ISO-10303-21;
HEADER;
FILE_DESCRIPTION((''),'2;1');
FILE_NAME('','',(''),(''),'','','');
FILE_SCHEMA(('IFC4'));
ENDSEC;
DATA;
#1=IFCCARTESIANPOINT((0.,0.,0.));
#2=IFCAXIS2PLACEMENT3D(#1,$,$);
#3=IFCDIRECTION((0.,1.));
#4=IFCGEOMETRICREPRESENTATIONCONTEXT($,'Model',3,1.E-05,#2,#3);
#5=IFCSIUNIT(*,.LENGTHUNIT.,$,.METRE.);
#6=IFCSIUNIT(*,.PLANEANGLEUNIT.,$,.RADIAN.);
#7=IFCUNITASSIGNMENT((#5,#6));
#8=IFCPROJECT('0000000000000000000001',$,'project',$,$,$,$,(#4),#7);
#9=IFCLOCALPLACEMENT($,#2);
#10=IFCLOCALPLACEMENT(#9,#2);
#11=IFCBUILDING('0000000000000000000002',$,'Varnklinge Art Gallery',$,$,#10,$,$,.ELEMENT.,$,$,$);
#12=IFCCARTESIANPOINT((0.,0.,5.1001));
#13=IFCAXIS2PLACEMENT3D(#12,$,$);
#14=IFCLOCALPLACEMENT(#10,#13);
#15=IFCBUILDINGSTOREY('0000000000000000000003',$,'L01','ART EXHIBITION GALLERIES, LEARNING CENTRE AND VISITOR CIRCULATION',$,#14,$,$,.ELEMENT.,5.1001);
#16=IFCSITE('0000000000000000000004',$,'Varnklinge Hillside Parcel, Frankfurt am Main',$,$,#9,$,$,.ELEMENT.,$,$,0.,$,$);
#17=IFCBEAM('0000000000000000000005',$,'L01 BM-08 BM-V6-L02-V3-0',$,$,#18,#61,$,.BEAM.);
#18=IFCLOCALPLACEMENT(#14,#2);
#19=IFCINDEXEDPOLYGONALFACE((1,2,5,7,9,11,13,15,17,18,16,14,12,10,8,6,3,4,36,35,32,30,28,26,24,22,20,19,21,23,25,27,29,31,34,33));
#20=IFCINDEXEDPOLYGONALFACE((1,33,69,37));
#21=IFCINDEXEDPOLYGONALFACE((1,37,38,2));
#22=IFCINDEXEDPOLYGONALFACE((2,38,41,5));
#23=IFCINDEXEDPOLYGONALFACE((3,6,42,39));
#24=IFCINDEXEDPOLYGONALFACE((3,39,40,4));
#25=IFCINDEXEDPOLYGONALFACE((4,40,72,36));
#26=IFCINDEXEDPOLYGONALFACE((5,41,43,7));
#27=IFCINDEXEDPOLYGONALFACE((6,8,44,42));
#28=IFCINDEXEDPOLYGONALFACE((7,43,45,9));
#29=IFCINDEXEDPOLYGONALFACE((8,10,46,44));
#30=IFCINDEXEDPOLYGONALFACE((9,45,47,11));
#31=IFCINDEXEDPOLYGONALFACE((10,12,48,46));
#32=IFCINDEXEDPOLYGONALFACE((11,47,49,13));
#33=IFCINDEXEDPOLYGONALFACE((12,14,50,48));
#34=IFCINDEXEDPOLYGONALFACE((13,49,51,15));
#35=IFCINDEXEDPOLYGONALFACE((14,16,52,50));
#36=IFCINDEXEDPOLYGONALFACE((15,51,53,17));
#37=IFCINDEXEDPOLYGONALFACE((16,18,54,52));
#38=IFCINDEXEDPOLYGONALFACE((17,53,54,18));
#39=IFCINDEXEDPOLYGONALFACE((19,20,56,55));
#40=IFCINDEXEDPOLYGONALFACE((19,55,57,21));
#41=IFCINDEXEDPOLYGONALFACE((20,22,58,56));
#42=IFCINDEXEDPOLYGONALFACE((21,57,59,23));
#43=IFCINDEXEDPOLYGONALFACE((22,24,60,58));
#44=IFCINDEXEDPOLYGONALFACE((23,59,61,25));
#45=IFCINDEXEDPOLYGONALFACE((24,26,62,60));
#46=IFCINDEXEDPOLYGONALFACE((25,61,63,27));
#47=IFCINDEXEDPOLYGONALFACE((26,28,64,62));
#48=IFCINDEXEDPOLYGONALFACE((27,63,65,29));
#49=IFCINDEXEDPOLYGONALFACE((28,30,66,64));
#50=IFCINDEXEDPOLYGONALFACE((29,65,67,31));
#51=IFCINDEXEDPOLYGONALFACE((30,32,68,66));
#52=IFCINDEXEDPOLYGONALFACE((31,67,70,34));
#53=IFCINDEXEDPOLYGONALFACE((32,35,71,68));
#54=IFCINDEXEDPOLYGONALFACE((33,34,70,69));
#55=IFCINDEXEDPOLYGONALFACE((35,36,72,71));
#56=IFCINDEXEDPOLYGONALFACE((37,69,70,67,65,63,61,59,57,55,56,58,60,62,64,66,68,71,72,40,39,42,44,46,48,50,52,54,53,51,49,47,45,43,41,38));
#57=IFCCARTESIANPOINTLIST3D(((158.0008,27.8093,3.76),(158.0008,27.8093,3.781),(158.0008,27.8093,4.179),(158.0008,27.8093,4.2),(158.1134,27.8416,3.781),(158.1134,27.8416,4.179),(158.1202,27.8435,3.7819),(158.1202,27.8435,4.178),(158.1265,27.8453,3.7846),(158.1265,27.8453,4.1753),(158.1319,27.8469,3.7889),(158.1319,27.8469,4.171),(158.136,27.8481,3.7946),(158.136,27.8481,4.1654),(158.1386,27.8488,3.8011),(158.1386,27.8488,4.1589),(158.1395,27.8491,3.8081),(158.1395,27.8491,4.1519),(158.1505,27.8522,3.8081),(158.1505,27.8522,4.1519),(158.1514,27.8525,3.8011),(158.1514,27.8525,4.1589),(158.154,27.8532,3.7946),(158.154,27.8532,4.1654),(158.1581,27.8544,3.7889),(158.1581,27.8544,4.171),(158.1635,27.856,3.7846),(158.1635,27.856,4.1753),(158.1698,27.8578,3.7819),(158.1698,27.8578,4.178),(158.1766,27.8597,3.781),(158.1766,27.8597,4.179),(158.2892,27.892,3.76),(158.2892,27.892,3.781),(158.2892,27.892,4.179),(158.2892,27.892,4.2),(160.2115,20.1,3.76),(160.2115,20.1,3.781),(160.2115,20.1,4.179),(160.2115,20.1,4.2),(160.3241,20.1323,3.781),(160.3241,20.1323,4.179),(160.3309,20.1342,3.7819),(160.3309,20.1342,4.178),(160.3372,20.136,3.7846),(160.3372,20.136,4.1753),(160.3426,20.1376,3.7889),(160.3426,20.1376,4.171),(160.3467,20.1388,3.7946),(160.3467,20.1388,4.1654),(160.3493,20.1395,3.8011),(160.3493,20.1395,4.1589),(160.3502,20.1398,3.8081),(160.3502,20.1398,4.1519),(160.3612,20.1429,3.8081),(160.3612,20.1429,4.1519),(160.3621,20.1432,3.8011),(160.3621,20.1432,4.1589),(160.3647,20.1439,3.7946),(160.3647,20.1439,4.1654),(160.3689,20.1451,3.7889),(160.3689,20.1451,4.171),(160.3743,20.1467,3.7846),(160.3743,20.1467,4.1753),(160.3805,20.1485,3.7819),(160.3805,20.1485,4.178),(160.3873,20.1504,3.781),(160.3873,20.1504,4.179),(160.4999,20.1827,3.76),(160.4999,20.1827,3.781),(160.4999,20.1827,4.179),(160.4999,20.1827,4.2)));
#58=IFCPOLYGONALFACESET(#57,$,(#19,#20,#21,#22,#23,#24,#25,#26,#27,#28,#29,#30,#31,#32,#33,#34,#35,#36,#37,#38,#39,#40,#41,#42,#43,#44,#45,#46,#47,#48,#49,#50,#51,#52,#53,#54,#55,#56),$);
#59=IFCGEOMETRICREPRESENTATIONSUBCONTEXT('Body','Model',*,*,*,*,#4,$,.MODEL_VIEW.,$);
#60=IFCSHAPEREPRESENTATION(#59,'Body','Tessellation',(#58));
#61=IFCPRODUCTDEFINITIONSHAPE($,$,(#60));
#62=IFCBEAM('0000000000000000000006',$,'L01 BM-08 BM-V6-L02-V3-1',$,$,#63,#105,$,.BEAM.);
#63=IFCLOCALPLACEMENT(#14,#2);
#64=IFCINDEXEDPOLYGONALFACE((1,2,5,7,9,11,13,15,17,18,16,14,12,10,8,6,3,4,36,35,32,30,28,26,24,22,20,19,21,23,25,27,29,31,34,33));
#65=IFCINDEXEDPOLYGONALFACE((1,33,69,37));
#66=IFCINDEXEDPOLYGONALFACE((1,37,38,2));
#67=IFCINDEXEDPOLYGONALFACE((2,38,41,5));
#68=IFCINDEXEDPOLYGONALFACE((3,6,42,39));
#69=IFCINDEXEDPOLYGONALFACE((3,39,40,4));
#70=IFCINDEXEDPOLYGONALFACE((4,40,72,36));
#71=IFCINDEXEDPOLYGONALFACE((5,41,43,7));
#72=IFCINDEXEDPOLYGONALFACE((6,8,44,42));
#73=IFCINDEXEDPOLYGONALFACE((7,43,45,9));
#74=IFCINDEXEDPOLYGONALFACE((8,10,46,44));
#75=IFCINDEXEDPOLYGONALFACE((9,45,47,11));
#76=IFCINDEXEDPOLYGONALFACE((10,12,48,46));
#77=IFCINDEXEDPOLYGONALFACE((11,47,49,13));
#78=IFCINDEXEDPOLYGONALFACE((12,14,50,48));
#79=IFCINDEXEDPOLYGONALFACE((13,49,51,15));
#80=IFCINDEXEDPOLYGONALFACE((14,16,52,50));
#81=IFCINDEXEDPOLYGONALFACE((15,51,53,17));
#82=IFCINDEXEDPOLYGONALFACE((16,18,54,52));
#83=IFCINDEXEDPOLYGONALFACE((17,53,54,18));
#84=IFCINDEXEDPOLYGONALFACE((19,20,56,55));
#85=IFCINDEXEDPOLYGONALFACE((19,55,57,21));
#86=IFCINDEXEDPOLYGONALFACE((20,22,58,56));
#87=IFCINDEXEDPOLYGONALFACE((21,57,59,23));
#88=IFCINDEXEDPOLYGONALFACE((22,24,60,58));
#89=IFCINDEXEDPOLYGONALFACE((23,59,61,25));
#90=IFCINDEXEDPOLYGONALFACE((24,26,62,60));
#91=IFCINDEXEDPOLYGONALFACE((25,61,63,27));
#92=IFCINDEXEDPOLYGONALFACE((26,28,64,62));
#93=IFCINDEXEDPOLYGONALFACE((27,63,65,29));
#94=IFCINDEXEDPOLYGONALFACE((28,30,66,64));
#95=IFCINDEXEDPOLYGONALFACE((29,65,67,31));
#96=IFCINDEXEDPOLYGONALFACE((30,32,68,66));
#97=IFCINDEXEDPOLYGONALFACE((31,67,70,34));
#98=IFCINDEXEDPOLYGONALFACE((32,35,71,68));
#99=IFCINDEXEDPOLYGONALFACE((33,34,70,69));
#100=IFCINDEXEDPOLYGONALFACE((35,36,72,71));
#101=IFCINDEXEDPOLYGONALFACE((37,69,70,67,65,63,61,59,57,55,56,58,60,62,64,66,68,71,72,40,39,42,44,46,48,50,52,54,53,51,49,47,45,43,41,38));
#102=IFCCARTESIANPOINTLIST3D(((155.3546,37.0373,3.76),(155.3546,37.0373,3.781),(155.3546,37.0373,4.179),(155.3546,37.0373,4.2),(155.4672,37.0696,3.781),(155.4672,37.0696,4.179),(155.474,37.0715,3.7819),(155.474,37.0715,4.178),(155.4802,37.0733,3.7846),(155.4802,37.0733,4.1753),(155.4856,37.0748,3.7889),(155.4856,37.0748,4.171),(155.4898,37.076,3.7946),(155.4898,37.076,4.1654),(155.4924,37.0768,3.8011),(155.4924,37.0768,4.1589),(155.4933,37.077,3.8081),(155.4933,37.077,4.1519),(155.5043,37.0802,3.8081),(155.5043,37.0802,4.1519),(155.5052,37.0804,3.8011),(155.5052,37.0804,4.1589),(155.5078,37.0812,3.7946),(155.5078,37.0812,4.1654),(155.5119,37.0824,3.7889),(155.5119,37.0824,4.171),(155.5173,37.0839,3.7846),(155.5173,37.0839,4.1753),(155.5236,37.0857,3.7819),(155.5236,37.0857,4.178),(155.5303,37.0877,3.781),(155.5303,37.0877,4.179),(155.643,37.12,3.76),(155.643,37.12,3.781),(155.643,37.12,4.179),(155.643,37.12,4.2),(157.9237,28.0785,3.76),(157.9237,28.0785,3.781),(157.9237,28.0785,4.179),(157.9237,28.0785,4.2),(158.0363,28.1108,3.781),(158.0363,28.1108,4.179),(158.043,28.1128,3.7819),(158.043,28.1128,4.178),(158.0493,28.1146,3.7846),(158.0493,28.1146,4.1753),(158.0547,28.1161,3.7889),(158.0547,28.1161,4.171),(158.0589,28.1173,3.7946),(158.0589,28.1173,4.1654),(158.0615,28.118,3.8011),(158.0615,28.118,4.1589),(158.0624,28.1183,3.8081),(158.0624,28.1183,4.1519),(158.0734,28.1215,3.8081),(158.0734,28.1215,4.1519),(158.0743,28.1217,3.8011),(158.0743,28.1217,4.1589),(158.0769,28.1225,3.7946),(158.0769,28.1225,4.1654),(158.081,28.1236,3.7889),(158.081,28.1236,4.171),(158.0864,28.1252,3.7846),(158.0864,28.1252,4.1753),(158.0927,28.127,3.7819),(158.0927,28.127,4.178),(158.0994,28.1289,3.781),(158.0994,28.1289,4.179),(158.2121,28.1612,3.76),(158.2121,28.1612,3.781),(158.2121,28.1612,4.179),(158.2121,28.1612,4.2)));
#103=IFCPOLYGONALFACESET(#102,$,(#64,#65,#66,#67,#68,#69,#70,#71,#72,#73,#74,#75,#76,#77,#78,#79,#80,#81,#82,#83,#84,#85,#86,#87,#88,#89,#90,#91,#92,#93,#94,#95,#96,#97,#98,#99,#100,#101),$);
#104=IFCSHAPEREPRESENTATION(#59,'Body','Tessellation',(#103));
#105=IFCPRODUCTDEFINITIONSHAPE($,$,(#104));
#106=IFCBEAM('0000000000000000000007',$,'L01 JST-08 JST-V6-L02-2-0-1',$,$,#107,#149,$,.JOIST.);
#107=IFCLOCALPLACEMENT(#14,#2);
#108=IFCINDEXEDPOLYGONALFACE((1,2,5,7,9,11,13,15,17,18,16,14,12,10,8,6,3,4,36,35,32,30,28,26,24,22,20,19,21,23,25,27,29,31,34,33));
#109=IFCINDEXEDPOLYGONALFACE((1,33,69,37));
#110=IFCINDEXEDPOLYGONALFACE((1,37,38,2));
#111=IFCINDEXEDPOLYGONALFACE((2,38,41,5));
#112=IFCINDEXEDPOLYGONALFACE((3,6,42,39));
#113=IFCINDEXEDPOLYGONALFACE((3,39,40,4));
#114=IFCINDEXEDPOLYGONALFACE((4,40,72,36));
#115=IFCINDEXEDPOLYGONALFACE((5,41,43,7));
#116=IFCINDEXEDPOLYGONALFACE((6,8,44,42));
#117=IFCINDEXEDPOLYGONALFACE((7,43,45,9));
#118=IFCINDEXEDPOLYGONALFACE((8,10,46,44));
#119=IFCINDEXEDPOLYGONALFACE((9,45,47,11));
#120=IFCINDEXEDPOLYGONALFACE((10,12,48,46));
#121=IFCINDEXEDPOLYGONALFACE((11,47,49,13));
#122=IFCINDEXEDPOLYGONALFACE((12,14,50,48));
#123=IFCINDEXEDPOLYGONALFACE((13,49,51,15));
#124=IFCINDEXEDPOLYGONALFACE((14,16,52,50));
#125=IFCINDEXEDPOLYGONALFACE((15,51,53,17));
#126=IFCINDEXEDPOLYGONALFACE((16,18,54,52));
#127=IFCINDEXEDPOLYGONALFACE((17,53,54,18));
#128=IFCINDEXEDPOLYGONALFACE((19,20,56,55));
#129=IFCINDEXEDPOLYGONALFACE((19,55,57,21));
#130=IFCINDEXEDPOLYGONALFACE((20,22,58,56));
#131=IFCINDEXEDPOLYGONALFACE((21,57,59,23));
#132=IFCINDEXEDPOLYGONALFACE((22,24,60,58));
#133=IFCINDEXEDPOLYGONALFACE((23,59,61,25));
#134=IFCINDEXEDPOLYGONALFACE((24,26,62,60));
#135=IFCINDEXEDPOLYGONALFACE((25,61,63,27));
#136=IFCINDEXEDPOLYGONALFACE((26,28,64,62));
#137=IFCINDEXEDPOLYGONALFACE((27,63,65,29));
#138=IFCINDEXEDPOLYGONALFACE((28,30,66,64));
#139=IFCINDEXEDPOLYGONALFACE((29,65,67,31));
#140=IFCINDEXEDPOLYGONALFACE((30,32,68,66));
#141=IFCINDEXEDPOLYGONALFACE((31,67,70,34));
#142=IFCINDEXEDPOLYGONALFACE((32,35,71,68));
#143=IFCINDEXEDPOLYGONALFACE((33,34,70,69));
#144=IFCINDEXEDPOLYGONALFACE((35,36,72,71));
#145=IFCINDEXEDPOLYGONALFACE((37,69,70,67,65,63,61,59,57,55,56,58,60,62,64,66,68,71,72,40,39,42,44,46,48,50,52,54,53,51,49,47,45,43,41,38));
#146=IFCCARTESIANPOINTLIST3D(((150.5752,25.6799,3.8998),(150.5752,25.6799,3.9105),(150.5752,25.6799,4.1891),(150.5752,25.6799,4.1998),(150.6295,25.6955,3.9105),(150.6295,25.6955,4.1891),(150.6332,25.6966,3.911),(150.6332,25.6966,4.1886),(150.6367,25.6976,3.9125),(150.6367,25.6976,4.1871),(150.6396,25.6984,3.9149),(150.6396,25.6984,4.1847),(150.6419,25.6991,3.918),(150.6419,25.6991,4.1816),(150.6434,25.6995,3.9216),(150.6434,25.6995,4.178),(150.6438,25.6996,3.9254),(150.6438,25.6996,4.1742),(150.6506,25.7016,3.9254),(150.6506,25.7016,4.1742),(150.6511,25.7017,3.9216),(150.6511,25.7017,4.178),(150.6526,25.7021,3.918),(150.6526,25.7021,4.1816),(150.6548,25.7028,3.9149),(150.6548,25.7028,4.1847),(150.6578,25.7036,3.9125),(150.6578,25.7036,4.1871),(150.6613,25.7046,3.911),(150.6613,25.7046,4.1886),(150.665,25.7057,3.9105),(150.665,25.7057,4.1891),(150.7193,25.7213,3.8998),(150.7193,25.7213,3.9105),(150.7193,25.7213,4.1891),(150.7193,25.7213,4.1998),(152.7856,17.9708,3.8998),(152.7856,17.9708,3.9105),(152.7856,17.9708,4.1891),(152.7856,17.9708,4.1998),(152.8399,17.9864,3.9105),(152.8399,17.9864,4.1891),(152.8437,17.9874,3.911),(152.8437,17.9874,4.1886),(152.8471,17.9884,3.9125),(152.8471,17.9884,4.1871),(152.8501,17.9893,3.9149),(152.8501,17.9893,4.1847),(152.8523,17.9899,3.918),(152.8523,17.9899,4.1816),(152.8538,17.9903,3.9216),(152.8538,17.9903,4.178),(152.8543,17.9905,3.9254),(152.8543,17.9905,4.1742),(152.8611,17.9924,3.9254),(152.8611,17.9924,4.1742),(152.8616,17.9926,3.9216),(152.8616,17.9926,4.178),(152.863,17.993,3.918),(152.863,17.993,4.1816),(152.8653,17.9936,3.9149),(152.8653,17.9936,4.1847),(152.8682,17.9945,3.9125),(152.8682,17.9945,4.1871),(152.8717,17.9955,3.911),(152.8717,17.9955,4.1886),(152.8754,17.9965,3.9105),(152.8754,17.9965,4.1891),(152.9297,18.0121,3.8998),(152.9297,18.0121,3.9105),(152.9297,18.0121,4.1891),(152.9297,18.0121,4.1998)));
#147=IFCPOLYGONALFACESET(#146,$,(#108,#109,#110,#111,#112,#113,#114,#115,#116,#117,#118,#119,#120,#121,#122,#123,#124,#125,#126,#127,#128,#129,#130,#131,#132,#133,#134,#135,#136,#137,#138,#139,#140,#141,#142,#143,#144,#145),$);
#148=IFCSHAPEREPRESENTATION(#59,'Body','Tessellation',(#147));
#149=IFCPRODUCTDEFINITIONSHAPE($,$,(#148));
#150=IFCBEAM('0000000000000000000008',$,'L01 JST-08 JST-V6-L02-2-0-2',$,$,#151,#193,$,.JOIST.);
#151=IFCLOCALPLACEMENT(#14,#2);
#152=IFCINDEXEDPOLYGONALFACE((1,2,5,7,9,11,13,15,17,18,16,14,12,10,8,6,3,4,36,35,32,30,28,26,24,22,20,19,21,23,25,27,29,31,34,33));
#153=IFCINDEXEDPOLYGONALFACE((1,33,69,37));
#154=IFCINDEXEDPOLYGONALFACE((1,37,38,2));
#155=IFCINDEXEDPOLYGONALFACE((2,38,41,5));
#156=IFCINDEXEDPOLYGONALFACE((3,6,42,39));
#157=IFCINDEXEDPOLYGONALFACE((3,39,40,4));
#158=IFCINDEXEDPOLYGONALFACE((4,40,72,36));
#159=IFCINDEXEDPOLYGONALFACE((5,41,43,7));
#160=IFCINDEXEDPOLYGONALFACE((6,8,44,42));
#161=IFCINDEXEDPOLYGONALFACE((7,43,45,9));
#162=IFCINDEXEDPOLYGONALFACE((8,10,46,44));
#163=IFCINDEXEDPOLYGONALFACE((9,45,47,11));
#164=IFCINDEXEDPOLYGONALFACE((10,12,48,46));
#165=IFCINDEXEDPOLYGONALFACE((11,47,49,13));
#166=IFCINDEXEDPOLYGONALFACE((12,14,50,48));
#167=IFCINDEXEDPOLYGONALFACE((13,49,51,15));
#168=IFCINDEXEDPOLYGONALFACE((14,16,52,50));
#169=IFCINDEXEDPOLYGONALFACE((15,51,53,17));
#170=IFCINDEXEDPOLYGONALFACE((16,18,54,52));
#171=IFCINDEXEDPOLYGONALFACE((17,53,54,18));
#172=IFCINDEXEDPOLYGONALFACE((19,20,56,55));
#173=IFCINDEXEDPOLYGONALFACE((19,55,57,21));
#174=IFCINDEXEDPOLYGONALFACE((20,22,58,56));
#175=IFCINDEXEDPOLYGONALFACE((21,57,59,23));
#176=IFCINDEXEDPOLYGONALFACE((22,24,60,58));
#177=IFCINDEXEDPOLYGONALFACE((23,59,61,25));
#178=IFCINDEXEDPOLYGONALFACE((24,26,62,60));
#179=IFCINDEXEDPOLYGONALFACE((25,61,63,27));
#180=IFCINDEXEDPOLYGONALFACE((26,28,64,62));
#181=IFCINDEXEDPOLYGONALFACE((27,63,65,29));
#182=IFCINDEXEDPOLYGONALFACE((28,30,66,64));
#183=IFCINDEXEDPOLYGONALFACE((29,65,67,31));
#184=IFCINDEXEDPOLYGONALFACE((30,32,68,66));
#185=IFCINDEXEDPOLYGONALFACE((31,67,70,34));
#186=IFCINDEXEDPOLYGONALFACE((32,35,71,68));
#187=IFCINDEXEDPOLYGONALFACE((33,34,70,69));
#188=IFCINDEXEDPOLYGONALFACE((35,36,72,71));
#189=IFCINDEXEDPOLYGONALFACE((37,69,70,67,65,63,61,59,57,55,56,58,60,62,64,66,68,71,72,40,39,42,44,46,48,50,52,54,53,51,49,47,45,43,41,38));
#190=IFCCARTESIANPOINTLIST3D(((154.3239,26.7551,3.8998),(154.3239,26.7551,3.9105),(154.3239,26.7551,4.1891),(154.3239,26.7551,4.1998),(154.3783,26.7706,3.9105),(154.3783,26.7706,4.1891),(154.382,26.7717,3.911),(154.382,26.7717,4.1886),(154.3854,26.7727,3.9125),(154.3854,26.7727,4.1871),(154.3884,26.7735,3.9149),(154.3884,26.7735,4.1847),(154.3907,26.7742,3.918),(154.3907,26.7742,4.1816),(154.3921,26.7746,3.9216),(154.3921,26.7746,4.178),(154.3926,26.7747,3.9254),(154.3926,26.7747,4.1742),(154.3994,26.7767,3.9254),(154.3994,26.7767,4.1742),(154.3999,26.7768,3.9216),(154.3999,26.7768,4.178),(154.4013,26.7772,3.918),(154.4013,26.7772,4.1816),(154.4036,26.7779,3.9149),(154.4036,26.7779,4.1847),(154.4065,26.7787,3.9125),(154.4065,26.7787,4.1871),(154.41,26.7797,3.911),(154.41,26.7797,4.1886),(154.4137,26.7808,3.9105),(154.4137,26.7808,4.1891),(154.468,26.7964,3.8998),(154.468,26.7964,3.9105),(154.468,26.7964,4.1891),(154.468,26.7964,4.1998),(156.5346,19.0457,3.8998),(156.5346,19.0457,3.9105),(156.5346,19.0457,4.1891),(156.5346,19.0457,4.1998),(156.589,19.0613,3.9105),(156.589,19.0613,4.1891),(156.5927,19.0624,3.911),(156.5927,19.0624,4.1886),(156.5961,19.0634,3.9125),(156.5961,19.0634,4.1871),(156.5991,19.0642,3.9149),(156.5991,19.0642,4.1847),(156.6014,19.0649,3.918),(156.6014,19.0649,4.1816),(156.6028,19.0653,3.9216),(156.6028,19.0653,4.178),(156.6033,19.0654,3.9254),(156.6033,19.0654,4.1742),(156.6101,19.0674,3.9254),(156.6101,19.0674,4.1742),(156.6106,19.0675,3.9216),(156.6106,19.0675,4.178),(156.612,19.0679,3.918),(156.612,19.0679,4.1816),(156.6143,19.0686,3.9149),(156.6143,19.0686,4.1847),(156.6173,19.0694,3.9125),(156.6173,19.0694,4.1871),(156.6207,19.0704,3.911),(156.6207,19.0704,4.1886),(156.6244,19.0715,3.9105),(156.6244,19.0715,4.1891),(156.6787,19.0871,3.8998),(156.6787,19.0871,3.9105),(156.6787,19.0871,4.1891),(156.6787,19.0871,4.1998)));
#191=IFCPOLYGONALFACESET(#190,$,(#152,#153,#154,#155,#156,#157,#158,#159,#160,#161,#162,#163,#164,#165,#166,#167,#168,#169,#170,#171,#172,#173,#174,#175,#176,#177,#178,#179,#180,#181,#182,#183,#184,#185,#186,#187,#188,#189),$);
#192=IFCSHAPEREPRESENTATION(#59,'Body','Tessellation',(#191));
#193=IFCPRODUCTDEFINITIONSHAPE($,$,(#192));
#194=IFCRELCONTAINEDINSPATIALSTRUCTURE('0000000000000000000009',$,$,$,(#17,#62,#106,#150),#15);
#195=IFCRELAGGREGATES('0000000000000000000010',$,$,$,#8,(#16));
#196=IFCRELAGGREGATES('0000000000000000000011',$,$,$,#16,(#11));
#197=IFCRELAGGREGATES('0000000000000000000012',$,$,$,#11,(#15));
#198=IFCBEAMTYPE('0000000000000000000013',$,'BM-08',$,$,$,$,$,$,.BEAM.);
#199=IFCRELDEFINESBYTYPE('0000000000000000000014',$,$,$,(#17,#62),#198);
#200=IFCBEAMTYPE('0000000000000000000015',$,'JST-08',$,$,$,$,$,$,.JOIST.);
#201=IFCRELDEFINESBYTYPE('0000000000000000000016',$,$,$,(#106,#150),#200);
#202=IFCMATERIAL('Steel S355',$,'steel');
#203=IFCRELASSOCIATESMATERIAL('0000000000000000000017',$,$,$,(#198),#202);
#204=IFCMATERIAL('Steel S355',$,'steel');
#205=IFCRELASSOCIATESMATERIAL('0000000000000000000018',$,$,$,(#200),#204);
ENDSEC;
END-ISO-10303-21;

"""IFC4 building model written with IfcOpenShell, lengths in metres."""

from ifc_helpers import new_model, si_unit, direction, frame, origin, origin_2d, place, context, subcontext, project, spatial, i_section, extrude, material, material_profile, profile_set, type_object, element, save


model = new_model("IFC4")

# Units and contexts
model_context = context("Model", 3, precision=1e-05, world=origin(), true_north=direction((0.0, 1.0)))
body_context = subcontext(model_context, "Body", "Model", "MODEL_VIEW")
ifc_project = project(units=[si_unit("LENGTHUNIT", "METRE"), si_unit("PLANEANGLEUNIT", "RADIAN")], contexts=[model_context])

# Site, building, storey
site_placement = place(None, origin())
site = spatial("IfcSite", under=ifc_project, at=site_placement, Name="Varnklinge Hillside Parcel, Frankfurt am Main", CompositionType="ELEMENT", RefElevation=0.0)
building_placement = place(site_placement, origin())
building = spatial("IfcBuilding", under=site, at=building_placement, Name="Varnklinge Art Gallery", CompositionType="ELEMENT")
storey_placement = place(building_placement, frame((0.0, 0.0, 5.1001)))
storey = spatial("IfcBuildingStorey", under=building, at=storey_placement, Name="L01", Description="ART EXHIBITION GALLERIES, LEARNING CENTRE AND VISITOR CIRCULATION", CompositionType="ELEMENT", Elevation=5.1001)

# Beams
ifc_material_1 = material(Name="Steel S355", Category="steel")
ifc_material_profile_1 = material_profile(ifc_material_1, i_section(OverallWidth=0.3, OverallDepth=0.4399, WebThickness=0.0115, FlangeThickness=0.021, FilletRadius=0.0271, at=origin_2d()), Name="HEA 450")
ifc_profile_set_1 = profile_set([ifc_material_profile_1], Name="Steel S355")
beam_type_1 = type_object("IfcBeamType", Name="BM-08", PredefinedType="BEAM", material=ifc_profile_set_1)
beam_1_placement = place(storey_placement, frame((160.3557, 20.1414, 3.98), z_axis=(-0.27565, 0.961258, 0.0), x_axis=(-0.961258, -0.27565, 0.0)))
element("IfcBeam", 1, at=beam_1_placement, inside=storey, type_object=beam_type_1, Name="L01 BM-08 BM-V6-L02-V3-0", PredefinedType="BEAM", context=body_context, shape_type="SweptSolid", body=[
    extrude(i_section(OverallWidth=0.3, OverallDepth=0.4399, WebThickness=0.0115, FlangeThickness=0.021, FilletRadius=0.0271, at=origin_2d()), origin(), (0.0, 0.0, 1.0), 8.02),
])
beam_2_placement = place(storey_placement, frame((158.0679, 28.1199, 3.98), z_axis=(-0.275659, 0.961256, 0.0), x_axis=(-0.961256, -0.275659, 0.0)))
element("IfcBeam", 2, at=beam_2_placement, inside=storey, type_object=beam_type_1, Name="L01 BM-08 BM-V6-L02-V3-1", PredefinedType="BEAM", context=body_context, shape_type="SweptSolid", body=[
    extrude(i_section(OverallWidth=0.3, OverallDepth=0.4399, WebThickness=0.0115, FlangeThickness=0.021, FilletRadius=0.0271, at=origin_2d()), origin(), (0.0, 0.0, 1.0), 9.3198),
])
ifc_material_2 = material(Name="Steel S355", Category="steel")
ifc_material_profile_2 = material_profile(ifc_material_2, i_section(OverallWidth=0.1499, OverallDepth=0.3, WebThickness=0.0071, FlangeThickness=0.0107, FilletRadius=0.0149, at=origin_2d()), Name="IPE 300")
ifc_profile_set_2 = profile_set([ifc_material_profile_2], Name="Steel S355")
beam_type_2 = type_object("IfcBeamType", Name="JST-08", PredefinedType="JOIST", material=ifc_profile_set_2)
beam_3_placement = place(storey_placement, frame((152.8577, 17.9915, 4.0498), z_axis=(-0.275622, 0.961266, 0.0), x_axis=(-0.961266, -0.275622, 0.0)))
element("IfcBeam", 3, at=beam_3_placement, inside=storey, type_object=beam_type_2, Name="L01 JST-08 JST-V6-L02-2-0-1", PredefinedType="JOIST", context=body_context, shape_type="SweptSolid", body=[
    extrude(i_section(OverallWidth=0.1499, OverallDepth=0.3, WebThickness=0.0071, FlangeThickness=0.0107, FilletRadius=0.0149, at=origin_2d()), origin(), (0.0, 0.0, 1.0), 8.0198),
])
beam_4_placement = place(storey_placement, frame((156.6067, 19.0664, 4.0498), z_axis=(-0.27565, 0.961258, 0.0), x_axis=(-0.961258, -0.27565, 0.0)))
element("IfcBeam", 4, at=beam_4_placement, inside=storey, type_object=beam_type_2, Name="L01 JST-08 JST-V6-L02-2-0-2", PredefinedType="JOIST", context=body_context, shape_type="SweptSolid", body=[
    extrude(i_section(OverallWidth=0.1499, OverallDepth=0.3, WebThickness=0.0071, FlangeThickness=0.0107, FilletRadius=0.0149, at=origin_2d()), origin(), (0.0, 0.0, 1.0), 8.02),
])

save(model, "model.ifc")
